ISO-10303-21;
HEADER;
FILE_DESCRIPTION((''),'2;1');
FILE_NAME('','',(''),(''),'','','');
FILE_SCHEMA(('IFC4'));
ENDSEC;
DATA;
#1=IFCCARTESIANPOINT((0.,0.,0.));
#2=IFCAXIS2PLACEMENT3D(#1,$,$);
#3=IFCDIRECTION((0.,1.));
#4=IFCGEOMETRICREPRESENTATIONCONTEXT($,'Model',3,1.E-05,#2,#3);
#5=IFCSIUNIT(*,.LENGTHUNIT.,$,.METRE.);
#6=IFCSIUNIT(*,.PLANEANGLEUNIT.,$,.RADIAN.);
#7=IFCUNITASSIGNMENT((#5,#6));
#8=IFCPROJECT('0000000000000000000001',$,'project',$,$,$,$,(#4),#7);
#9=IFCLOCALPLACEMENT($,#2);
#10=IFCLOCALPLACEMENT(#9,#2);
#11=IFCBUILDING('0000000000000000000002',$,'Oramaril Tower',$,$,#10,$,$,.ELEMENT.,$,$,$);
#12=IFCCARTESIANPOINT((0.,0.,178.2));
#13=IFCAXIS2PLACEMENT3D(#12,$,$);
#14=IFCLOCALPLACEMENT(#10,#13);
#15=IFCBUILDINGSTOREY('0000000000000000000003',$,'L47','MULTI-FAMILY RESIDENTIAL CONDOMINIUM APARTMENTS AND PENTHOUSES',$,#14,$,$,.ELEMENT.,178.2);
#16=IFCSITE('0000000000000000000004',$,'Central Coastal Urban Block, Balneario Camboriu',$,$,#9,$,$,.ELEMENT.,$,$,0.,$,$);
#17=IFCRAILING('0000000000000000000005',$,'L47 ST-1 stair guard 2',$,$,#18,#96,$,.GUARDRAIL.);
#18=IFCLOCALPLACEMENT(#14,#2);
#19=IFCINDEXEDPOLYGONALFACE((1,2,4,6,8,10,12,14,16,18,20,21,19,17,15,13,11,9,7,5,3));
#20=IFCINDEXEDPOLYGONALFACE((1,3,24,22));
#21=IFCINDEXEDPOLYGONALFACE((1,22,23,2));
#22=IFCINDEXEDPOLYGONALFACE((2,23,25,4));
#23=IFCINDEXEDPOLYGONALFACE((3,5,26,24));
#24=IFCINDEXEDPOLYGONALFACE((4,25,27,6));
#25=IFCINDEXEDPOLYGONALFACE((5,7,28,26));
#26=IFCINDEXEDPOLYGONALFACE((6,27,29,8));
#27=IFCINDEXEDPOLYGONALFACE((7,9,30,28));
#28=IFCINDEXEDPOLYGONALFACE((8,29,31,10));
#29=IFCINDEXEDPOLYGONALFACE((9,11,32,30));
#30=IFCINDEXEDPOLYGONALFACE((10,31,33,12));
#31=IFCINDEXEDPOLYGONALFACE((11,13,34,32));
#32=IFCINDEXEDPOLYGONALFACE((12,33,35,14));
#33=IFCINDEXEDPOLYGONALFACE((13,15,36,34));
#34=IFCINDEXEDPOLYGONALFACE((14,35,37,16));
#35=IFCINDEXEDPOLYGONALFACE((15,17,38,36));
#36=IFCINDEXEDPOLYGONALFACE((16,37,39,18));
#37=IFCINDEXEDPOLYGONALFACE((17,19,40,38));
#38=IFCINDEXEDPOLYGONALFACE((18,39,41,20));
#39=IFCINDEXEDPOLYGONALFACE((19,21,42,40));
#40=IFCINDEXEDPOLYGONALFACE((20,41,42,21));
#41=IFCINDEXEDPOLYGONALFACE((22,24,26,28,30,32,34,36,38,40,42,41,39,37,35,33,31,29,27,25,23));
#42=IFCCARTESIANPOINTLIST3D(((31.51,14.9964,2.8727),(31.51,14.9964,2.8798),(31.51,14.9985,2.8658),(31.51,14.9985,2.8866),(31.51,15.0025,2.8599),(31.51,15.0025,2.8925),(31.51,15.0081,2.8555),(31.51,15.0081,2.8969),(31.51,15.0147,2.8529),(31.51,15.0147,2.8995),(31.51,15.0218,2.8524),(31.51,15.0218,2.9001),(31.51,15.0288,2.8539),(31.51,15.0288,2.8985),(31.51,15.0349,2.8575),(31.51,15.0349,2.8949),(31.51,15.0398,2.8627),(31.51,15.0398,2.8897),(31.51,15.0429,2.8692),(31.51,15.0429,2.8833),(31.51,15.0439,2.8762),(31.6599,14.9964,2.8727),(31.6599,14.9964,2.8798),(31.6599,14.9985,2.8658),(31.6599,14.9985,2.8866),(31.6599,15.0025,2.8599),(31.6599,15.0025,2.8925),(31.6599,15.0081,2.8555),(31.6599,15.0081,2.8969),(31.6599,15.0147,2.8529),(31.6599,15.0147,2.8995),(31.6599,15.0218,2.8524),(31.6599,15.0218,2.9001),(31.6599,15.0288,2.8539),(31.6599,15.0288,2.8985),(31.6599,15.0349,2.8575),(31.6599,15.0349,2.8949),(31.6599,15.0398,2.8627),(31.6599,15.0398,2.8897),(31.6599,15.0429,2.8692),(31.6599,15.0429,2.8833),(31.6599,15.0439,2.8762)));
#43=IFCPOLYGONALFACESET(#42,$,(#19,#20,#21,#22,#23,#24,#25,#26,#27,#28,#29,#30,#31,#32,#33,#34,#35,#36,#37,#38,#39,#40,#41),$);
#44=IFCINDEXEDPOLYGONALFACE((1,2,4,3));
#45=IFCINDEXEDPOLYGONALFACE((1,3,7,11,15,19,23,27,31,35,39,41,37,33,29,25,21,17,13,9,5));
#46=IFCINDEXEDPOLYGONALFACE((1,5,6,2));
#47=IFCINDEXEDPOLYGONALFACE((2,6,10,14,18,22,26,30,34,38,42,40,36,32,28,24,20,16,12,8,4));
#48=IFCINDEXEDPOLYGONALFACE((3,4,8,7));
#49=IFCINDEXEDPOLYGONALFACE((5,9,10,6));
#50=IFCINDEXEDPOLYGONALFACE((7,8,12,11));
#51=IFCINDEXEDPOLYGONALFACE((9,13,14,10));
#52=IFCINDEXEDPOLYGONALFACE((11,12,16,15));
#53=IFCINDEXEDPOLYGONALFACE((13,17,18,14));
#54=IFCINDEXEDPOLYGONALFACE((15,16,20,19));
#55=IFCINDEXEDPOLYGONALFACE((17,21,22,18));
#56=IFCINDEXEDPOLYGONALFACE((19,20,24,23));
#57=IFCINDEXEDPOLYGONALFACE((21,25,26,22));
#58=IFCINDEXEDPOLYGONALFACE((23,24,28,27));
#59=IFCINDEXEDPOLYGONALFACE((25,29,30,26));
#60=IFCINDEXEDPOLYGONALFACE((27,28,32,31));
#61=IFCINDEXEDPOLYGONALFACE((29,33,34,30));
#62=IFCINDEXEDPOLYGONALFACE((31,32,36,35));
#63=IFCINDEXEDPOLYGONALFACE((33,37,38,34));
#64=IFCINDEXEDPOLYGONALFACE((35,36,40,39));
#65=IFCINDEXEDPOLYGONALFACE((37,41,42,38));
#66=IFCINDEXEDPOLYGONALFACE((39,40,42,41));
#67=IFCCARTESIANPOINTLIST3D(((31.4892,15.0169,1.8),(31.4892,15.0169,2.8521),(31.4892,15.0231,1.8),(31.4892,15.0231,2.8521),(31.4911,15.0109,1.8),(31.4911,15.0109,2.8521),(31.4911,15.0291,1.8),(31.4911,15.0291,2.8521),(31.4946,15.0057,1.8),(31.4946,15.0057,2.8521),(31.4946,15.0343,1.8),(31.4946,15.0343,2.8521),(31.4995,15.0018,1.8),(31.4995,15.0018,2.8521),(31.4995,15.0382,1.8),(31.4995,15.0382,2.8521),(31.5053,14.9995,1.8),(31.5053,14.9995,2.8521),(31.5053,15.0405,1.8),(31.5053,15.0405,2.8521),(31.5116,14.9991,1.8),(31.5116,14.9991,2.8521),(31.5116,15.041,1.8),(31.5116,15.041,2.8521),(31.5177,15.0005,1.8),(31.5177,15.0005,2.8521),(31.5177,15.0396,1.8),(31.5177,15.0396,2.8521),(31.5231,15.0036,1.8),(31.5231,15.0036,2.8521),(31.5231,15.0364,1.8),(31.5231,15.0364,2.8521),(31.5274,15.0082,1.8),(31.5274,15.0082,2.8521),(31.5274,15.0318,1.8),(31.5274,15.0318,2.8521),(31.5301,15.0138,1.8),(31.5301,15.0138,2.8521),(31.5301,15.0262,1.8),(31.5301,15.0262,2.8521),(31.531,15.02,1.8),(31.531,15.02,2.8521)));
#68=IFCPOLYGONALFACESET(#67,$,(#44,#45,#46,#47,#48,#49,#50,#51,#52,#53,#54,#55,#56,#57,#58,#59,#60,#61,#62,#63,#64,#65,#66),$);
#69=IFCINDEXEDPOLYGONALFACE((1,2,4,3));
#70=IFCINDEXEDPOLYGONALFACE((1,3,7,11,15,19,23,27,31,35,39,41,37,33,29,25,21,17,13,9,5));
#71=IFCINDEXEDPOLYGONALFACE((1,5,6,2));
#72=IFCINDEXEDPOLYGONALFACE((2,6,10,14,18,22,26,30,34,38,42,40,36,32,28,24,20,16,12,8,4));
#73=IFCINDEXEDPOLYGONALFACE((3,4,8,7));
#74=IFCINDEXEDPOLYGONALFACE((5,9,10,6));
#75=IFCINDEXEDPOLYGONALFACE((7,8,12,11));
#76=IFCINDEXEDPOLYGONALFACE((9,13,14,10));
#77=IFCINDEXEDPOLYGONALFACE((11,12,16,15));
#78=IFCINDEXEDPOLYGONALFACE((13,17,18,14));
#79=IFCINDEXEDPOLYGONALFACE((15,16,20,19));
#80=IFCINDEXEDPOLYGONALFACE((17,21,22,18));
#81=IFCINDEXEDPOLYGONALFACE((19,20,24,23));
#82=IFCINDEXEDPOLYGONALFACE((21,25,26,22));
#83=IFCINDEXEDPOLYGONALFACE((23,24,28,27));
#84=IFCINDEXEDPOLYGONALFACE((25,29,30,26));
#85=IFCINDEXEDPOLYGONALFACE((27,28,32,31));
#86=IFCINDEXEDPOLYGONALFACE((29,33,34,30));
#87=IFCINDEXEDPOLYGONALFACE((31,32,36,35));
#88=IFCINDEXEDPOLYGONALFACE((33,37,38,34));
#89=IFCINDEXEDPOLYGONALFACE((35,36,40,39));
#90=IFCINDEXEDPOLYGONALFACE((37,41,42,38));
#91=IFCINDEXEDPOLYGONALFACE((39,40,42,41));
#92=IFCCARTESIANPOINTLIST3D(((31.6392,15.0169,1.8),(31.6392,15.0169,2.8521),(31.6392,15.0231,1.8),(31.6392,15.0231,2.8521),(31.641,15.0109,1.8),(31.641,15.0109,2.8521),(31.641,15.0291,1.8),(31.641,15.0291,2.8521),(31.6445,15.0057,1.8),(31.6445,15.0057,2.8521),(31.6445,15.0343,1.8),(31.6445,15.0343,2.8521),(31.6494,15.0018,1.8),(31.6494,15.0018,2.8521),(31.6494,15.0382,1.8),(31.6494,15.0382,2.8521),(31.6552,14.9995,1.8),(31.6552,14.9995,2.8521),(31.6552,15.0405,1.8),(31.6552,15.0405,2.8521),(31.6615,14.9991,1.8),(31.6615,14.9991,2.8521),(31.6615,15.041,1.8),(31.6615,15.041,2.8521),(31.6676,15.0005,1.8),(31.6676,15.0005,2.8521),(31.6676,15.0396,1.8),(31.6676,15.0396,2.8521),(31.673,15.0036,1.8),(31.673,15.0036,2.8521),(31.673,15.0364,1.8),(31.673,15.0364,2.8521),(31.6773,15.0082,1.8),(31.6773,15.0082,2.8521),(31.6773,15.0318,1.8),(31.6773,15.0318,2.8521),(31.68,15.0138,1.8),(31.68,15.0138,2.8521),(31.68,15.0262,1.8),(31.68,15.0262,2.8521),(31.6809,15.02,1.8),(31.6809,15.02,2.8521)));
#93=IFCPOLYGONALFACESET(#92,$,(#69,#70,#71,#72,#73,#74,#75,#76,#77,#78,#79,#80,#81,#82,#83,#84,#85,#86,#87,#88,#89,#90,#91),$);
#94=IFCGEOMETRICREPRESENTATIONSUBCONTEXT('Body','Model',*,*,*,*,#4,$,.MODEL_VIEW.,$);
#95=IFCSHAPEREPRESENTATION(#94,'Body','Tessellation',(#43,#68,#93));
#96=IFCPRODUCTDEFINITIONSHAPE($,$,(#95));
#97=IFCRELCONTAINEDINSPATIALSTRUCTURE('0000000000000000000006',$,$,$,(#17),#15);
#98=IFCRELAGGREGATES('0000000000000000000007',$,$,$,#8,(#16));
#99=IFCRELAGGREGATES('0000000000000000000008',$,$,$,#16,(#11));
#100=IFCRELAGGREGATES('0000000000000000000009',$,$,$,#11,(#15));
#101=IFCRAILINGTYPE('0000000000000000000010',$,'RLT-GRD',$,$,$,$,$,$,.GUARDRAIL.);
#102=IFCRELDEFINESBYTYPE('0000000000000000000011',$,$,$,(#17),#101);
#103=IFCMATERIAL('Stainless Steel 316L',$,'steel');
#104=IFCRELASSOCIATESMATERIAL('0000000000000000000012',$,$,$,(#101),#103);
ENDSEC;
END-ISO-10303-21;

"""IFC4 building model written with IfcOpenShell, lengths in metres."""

from ifc_helpers import new_model, si_unit, direction, frame, origin, origin_2d, place, context, subcontext, project, spatial, circle, extrude, material, type_object, element, save


model = new_model("IFC4")

# Units and contexts
model_context = context("Model", 3, precision=1e-05, world=origin(), true_north=direction((0.0, 1.0)))
body_context = subcontext(model_context, "Body", "Model", "MODEL_VIEW")
ifc_project = project(units=[si_unit("LENGTHUNIT", "METRE"), si_unit("PLANEANGLEUNIT", "RADIAN")], contexts=[model_context])

# Site, building, storey
site_placement = place(None, origin())
site = spatial("IfcSite", under=ifc_project, at=site_placement, Name="Central Coastal Urban Block, Balneario Camboriu", CompositionType="ELEMENT", RefElevation=0.0)
building_placement = place(site_placement, origin())
building = spatial("IfcBuilding", under=site, at=building_placement, Name="Oramaril Tower", CompositionType="ELEMENT")
storey_placement = place(building_placement, frame((0.0, 0.0, 178.2)))
storey = spatial("IfcBuildingStorey", under=building, at=storey_placement, Name="L47", Description="MULTI-FAMILY RESIDENTIAL CONDOMINIUM APARTMENTS AND PENTHOUSES", CompositionType="ELEMENT", Elevation=178.2)

# Railing
ifc_material_1 = material(Name="Stainless Steel 316L", Category="steel")
railing_type_1 = type_object("IfcRailingType", Name="RLT-GRD", PredefinedType="GUARDRAIL", material=ifc_material_1)
railing_1_placement = place(storey_placement, frame((31.51, 15.02, 1.8)))
element("IfcRailing", 1, at=railing_1_placement, inside=storey, type_object=railing_type_1, Name="L47 ST-1 stair guard 2", PredefinedType="GUARDRAIL", context=body_context, shape_type="SweptSolid", body=[
    extrude(circle(Radius=0.0239, at=origin_2d()), frame((0.0, 0.0, 1.0762), z_axis=(1.0, 0.0, 0.0), x_axis=(0.0, 1.0, 0.0)), (0.0, 0.0, 1.0), 0.1499),
    extrude(circle(Radius=0.021, at=origin_2d()), origin(), (0.0, 0.0, 1.0), 1.052),
    extrude(circle(Radius=0.021, at=origin_2d()), frame((0.1499, 0.0, 0.0)), (0.0, 0.0, 1.0), 1.052),
])

save(model, "model.ifc")
